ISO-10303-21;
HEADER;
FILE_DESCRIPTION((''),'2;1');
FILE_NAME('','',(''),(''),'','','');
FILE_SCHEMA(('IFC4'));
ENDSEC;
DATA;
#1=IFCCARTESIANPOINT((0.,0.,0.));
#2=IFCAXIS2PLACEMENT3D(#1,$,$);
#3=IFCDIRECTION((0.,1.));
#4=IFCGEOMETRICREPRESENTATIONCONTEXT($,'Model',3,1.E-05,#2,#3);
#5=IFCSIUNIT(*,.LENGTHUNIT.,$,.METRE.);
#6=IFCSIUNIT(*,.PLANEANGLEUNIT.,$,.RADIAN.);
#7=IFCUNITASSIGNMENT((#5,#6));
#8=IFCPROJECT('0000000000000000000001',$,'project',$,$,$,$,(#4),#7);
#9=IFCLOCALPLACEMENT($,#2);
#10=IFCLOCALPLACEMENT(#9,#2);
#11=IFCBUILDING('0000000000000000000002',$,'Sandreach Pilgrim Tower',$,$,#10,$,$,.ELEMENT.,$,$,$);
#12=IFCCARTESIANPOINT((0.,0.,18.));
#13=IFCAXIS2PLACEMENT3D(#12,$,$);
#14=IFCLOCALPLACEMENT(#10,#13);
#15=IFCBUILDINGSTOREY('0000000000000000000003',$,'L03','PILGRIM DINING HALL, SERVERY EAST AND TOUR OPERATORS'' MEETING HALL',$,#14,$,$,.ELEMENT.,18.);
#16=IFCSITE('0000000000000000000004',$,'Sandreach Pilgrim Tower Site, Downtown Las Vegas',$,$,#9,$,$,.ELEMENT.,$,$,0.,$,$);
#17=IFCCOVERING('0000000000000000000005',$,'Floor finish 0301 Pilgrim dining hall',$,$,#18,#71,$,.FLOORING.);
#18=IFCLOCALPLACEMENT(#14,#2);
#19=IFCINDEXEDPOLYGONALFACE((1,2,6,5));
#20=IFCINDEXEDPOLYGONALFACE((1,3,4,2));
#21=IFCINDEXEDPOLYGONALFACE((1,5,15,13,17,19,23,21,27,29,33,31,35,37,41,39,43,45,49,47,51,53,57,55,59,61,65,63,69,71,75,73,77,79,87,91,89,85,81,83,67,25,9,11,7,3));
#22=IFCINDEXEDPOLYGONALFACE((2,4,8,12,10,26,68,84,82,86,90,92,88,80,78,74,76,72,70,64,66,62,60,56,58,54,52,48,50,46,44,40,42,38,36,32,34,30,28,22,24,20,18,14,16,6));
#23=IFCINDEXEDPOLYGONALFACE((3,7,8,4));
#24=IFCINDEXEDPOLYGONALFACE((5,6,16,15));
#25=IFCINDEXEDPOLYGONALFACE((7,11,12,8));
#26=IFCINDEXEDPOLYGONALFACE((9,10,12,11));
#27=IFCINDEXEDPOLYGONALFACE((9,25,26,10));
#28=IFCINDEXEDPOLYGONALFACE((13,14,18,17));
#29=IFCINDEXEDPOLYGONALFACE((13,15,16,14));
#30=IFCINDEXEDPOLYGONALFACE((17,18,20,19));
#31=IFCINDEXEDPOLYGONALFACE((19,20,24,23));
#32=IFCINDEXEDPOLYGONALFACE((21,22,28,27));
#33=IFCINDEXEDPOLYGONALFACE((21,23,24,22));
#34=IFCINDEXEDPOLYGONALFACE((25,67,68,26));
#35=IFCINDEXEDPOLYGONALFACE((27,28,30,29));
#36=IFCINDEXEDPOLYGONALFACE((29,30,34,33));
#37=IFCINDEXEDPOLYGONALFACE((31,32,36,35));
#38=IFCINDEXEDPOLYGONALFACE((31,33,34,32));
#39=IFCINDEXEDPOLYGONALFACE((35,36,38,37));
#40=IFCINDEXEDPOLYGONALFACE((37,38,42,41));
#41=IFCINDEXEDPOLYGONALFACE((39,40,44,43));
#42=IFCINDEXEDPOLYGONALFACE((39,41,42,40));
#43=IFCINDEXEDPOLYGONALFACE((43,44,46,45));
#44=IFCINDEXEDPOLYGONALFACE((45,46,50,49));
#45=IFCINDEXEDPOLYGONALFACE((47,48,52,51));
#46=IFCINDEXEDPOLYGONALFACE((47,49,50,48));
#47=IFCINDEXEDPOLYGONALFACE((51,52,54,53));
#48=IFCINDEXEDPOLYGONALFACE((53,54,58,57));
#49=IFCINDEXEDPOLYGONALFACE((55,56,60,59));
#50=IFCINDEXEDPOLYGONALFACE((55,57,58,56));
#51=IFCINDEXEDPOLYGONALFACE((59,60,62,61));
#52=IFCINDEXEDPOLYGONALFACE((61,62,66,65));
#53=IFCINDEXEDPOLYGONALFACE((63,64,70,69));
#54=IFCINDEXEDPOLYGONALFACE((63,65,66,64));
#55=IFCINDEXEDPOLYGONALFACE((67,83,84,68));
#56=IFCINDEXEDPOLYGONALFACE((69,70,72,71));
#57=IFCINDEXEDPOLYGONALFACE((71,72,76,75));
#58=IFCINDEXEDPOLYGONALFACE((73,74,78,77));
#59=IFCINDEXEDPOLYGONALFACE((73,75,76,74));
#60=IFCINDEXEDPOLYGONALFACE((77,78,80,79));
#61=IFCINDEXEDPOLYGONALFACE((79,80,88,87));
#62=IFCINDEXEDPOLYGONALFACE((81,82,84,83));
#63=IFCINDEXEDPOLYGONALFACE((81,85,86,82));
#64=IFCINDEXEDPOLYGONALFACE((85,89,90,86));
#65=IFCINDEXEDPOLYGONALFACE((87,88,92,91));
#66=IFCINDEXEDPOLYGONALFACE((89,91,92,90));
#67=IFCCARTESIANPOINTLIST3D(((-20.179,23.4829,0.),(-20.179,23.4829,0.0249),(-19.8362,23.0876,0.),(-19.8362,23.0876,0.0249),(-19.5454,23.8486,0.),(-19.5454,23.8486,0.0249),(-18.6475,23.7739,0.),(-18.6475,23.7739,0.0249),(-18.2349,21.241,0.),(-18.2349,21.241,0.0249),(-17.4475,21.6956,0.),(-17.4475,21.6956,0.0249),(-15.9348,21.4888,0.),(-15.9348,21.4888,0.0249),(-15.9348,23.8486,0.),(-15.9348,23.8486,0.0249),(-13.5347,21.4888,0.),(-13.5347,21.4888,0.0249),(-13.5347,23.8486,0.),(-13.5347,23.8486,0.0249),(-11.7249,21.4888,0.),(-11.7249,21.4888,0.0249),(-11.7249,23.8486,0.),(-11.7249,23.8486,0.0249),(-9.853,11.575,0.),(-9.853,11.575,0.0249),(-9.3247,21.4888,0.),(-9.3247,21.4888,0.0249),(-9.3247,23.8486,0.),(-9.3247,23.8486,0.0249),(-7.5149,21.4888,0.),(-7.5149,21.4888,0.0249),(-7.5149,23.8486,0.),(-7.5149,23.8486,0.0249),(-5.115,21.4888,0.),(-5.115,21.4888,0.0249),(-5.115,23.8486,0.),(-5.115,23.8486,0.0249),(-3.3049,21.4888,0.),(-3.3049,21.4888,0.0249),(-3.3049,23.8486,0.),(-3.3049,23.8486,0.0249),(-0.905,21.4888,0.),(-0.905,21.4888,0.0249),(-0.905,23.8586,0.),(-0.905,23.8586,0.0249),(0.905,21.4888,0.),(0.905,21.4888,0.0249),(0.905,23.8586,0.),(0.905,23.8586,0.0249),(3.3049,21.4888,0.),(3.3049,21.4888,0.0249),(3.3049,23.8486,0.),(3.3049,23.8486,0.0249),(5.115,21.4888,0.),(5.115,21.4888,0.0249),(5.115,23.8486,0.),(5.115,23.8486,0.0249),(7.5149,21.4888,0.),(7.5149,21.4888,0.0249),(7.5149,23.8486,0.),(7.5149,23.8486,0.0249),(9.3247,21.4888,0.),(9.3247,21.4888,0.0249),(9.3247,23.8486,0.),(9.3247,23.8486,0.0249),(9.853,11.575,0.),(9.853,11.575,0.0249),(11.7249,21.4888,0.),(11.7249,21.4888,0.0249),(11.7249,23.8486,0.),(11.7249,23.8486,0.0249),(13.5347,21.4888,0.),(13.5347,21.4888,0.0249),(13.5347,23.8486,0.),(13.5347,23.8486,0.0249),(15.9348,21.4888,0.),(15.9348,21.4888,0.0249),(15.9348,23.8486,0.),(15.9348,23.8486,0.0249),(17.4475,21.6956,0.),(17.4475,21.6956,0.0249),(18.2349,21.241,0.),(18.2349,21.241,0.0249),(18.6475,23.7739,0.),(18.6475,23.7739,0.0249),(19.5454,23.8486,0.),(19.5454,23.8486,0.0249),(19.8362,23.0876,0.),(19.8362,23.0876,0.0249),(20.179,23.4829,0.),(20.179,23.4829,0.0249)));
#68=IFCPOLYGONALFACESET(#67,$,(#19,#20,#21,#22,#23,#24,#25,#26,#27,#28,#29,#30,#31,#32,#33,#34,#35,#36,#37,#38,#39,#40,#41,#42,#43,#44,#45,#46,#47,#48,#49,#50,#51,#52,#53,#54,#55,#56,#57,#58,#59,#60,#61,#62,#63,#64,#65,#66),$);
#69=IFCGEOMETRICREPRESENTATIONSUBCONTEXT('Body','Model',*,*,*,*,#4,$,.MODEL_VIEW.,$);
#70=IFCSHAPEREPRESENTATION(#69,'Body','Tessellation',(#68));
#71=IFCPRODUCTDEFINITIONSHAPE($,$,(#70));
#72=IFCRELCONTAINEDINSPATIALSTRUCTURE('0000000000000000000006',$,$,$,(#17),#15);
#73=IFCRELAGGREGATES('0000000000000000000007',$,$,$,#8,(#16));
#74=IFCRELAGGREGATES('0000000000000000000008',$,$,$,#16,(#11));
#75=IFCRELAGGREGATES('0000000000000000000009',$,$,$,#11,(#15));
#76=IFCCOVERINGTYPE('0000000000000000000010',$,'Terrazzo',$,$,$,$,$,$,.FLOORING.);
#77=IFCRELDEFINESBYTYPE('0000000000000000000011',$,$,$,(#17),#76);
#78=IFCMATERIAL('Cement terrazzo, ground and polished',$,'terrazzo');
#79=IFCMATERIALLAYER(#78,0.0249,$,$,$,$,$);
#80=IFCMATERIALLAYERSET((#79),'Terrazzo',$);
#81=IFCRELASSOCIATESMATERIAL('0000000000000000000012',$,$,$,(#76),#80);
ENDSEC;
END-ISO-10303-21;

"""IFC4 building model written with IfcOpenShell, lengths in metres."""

from ifc_helpers import new_model, si_unit, direction, frame, origin, place, context, subcontext, project, spatial, polyline, outline, extrude, material, layer, layer_set, type_object, element, save


model = new_model("IFC4")

# Units and contexts
model_context = context("Model", 3, precision=1e-05, world=origin(), true_north=direction((0.0, 1.0)))
body_context = subcontext(model_context, "Body", "Model", "MODEL_VIEW")
ifc_project = project(units=[si_unit("LENGTHUNIT", "METRE"), si_unit("PLANEANGLEUNIT", "RADIAN")], contexts=[model_context])

# Site, building, storey
site_placement = place(None, origin())
site = spatial("IfcSite", under=ifc_project, at=site_placement, Name="Sandreach Pilgrim Tower Site, Downtown Las Vegas", CompositionType="ELEMENT", RefElevation=0.0)
building_placement = place(site_placement, origin())
building = spatial("IfcBuilding", under=site, at=building_placement, Name="Sandreach Pilgrim Tower", CompositionType="ELEMENT")
storey_placement = place(building_placement, frame((0.0, 0.0, 18.0)))
storey = spatial("IfcBuildingStorey", under=building, at=storey_placement, Name="L03", Description="PILGRIM DINING HALL, SERVERY EAST AND TOUR OPERATORS' MEETING HALL", CompositionType="ELEMENT", Elevation=18.0)

# Covering
ifc_material_1 = material(Name="Cement terrazzo, ground and polished", Category="terrazzo")
ifc_layer_1 = layer(ifc_material_1, 0.0249)
ifc_layer_set_1 = layer_set([ifc_layer_1], Name="Terrazzo")
covering_type_1 = type_object("IfcCoveringType", Name="Terrazzo", PredefinedType="FLOORING", material=ifc_layer_set_1)
covering_1_placement = place(storey_placement, origin())
element("IfcCovering", 1, at=covering_1_placement, inside=storey, type_object=covering_type_1, Name="Floor finish 0301 Pilgrim dining hall", PredefinedType="FLOORING", context=body_context, shape_type="SweptSolid", body=[
    extrude(outline(polyline([(-15.9348, 23.8486), (-15.9348, 21.4888), (-13.5347, 21.4888), (-13.5347, 23.8486), (-11.7249, 23.8486), (-11.7249, 21.4888), (-9.3247, 21.4888), (-9.3247, 23.8486), (-7.5149, 23.8486), (-7.5149, 21.4888), (-5.115, 21.4888), (-5.115, 23.8486), (-3.3049, 23.8486), (-3.3049, 21.4888), (-0.905, 21.4888), (-0.905, 23.8586), (0.905, 23.8586), (0.905, 21.4888), (3.3049, 21.4888), (3.3049, 23.8486), (5.115, 23.8486), (5.115, 21.4888), (7.5149, 21.4888), (7.5149, 23.8486), (9.3247, 23.8486), (9.3247, 21.4888), (11.7249, 21.4888), (11.7249, 23.8486), (13.5347, 23.8486), (13.5347, 21.4888), (15.9348, 21.4888), (15.9348, 23.8486), (19.5454, 23.8486), (20.179, 23.4829), (19.8362, 23.0876), (18.6475, 23.7739), (17.4475, 21.6956), (18.2349, 21.241), (9.853, 11.575), (-9.853, 11.575), (-18.2349, 21.241), (-17.4475, 21.6956), (-18.6475, 23.7739), (-19.8362, 23.0876), (-20.179, 23.4829), (-19.5454, 23.8486), (-15.9348, 23.8486)])), origin(), (0.0, 0.0, 1.0), 0.0249),
])

save(model, "model.ifc")
